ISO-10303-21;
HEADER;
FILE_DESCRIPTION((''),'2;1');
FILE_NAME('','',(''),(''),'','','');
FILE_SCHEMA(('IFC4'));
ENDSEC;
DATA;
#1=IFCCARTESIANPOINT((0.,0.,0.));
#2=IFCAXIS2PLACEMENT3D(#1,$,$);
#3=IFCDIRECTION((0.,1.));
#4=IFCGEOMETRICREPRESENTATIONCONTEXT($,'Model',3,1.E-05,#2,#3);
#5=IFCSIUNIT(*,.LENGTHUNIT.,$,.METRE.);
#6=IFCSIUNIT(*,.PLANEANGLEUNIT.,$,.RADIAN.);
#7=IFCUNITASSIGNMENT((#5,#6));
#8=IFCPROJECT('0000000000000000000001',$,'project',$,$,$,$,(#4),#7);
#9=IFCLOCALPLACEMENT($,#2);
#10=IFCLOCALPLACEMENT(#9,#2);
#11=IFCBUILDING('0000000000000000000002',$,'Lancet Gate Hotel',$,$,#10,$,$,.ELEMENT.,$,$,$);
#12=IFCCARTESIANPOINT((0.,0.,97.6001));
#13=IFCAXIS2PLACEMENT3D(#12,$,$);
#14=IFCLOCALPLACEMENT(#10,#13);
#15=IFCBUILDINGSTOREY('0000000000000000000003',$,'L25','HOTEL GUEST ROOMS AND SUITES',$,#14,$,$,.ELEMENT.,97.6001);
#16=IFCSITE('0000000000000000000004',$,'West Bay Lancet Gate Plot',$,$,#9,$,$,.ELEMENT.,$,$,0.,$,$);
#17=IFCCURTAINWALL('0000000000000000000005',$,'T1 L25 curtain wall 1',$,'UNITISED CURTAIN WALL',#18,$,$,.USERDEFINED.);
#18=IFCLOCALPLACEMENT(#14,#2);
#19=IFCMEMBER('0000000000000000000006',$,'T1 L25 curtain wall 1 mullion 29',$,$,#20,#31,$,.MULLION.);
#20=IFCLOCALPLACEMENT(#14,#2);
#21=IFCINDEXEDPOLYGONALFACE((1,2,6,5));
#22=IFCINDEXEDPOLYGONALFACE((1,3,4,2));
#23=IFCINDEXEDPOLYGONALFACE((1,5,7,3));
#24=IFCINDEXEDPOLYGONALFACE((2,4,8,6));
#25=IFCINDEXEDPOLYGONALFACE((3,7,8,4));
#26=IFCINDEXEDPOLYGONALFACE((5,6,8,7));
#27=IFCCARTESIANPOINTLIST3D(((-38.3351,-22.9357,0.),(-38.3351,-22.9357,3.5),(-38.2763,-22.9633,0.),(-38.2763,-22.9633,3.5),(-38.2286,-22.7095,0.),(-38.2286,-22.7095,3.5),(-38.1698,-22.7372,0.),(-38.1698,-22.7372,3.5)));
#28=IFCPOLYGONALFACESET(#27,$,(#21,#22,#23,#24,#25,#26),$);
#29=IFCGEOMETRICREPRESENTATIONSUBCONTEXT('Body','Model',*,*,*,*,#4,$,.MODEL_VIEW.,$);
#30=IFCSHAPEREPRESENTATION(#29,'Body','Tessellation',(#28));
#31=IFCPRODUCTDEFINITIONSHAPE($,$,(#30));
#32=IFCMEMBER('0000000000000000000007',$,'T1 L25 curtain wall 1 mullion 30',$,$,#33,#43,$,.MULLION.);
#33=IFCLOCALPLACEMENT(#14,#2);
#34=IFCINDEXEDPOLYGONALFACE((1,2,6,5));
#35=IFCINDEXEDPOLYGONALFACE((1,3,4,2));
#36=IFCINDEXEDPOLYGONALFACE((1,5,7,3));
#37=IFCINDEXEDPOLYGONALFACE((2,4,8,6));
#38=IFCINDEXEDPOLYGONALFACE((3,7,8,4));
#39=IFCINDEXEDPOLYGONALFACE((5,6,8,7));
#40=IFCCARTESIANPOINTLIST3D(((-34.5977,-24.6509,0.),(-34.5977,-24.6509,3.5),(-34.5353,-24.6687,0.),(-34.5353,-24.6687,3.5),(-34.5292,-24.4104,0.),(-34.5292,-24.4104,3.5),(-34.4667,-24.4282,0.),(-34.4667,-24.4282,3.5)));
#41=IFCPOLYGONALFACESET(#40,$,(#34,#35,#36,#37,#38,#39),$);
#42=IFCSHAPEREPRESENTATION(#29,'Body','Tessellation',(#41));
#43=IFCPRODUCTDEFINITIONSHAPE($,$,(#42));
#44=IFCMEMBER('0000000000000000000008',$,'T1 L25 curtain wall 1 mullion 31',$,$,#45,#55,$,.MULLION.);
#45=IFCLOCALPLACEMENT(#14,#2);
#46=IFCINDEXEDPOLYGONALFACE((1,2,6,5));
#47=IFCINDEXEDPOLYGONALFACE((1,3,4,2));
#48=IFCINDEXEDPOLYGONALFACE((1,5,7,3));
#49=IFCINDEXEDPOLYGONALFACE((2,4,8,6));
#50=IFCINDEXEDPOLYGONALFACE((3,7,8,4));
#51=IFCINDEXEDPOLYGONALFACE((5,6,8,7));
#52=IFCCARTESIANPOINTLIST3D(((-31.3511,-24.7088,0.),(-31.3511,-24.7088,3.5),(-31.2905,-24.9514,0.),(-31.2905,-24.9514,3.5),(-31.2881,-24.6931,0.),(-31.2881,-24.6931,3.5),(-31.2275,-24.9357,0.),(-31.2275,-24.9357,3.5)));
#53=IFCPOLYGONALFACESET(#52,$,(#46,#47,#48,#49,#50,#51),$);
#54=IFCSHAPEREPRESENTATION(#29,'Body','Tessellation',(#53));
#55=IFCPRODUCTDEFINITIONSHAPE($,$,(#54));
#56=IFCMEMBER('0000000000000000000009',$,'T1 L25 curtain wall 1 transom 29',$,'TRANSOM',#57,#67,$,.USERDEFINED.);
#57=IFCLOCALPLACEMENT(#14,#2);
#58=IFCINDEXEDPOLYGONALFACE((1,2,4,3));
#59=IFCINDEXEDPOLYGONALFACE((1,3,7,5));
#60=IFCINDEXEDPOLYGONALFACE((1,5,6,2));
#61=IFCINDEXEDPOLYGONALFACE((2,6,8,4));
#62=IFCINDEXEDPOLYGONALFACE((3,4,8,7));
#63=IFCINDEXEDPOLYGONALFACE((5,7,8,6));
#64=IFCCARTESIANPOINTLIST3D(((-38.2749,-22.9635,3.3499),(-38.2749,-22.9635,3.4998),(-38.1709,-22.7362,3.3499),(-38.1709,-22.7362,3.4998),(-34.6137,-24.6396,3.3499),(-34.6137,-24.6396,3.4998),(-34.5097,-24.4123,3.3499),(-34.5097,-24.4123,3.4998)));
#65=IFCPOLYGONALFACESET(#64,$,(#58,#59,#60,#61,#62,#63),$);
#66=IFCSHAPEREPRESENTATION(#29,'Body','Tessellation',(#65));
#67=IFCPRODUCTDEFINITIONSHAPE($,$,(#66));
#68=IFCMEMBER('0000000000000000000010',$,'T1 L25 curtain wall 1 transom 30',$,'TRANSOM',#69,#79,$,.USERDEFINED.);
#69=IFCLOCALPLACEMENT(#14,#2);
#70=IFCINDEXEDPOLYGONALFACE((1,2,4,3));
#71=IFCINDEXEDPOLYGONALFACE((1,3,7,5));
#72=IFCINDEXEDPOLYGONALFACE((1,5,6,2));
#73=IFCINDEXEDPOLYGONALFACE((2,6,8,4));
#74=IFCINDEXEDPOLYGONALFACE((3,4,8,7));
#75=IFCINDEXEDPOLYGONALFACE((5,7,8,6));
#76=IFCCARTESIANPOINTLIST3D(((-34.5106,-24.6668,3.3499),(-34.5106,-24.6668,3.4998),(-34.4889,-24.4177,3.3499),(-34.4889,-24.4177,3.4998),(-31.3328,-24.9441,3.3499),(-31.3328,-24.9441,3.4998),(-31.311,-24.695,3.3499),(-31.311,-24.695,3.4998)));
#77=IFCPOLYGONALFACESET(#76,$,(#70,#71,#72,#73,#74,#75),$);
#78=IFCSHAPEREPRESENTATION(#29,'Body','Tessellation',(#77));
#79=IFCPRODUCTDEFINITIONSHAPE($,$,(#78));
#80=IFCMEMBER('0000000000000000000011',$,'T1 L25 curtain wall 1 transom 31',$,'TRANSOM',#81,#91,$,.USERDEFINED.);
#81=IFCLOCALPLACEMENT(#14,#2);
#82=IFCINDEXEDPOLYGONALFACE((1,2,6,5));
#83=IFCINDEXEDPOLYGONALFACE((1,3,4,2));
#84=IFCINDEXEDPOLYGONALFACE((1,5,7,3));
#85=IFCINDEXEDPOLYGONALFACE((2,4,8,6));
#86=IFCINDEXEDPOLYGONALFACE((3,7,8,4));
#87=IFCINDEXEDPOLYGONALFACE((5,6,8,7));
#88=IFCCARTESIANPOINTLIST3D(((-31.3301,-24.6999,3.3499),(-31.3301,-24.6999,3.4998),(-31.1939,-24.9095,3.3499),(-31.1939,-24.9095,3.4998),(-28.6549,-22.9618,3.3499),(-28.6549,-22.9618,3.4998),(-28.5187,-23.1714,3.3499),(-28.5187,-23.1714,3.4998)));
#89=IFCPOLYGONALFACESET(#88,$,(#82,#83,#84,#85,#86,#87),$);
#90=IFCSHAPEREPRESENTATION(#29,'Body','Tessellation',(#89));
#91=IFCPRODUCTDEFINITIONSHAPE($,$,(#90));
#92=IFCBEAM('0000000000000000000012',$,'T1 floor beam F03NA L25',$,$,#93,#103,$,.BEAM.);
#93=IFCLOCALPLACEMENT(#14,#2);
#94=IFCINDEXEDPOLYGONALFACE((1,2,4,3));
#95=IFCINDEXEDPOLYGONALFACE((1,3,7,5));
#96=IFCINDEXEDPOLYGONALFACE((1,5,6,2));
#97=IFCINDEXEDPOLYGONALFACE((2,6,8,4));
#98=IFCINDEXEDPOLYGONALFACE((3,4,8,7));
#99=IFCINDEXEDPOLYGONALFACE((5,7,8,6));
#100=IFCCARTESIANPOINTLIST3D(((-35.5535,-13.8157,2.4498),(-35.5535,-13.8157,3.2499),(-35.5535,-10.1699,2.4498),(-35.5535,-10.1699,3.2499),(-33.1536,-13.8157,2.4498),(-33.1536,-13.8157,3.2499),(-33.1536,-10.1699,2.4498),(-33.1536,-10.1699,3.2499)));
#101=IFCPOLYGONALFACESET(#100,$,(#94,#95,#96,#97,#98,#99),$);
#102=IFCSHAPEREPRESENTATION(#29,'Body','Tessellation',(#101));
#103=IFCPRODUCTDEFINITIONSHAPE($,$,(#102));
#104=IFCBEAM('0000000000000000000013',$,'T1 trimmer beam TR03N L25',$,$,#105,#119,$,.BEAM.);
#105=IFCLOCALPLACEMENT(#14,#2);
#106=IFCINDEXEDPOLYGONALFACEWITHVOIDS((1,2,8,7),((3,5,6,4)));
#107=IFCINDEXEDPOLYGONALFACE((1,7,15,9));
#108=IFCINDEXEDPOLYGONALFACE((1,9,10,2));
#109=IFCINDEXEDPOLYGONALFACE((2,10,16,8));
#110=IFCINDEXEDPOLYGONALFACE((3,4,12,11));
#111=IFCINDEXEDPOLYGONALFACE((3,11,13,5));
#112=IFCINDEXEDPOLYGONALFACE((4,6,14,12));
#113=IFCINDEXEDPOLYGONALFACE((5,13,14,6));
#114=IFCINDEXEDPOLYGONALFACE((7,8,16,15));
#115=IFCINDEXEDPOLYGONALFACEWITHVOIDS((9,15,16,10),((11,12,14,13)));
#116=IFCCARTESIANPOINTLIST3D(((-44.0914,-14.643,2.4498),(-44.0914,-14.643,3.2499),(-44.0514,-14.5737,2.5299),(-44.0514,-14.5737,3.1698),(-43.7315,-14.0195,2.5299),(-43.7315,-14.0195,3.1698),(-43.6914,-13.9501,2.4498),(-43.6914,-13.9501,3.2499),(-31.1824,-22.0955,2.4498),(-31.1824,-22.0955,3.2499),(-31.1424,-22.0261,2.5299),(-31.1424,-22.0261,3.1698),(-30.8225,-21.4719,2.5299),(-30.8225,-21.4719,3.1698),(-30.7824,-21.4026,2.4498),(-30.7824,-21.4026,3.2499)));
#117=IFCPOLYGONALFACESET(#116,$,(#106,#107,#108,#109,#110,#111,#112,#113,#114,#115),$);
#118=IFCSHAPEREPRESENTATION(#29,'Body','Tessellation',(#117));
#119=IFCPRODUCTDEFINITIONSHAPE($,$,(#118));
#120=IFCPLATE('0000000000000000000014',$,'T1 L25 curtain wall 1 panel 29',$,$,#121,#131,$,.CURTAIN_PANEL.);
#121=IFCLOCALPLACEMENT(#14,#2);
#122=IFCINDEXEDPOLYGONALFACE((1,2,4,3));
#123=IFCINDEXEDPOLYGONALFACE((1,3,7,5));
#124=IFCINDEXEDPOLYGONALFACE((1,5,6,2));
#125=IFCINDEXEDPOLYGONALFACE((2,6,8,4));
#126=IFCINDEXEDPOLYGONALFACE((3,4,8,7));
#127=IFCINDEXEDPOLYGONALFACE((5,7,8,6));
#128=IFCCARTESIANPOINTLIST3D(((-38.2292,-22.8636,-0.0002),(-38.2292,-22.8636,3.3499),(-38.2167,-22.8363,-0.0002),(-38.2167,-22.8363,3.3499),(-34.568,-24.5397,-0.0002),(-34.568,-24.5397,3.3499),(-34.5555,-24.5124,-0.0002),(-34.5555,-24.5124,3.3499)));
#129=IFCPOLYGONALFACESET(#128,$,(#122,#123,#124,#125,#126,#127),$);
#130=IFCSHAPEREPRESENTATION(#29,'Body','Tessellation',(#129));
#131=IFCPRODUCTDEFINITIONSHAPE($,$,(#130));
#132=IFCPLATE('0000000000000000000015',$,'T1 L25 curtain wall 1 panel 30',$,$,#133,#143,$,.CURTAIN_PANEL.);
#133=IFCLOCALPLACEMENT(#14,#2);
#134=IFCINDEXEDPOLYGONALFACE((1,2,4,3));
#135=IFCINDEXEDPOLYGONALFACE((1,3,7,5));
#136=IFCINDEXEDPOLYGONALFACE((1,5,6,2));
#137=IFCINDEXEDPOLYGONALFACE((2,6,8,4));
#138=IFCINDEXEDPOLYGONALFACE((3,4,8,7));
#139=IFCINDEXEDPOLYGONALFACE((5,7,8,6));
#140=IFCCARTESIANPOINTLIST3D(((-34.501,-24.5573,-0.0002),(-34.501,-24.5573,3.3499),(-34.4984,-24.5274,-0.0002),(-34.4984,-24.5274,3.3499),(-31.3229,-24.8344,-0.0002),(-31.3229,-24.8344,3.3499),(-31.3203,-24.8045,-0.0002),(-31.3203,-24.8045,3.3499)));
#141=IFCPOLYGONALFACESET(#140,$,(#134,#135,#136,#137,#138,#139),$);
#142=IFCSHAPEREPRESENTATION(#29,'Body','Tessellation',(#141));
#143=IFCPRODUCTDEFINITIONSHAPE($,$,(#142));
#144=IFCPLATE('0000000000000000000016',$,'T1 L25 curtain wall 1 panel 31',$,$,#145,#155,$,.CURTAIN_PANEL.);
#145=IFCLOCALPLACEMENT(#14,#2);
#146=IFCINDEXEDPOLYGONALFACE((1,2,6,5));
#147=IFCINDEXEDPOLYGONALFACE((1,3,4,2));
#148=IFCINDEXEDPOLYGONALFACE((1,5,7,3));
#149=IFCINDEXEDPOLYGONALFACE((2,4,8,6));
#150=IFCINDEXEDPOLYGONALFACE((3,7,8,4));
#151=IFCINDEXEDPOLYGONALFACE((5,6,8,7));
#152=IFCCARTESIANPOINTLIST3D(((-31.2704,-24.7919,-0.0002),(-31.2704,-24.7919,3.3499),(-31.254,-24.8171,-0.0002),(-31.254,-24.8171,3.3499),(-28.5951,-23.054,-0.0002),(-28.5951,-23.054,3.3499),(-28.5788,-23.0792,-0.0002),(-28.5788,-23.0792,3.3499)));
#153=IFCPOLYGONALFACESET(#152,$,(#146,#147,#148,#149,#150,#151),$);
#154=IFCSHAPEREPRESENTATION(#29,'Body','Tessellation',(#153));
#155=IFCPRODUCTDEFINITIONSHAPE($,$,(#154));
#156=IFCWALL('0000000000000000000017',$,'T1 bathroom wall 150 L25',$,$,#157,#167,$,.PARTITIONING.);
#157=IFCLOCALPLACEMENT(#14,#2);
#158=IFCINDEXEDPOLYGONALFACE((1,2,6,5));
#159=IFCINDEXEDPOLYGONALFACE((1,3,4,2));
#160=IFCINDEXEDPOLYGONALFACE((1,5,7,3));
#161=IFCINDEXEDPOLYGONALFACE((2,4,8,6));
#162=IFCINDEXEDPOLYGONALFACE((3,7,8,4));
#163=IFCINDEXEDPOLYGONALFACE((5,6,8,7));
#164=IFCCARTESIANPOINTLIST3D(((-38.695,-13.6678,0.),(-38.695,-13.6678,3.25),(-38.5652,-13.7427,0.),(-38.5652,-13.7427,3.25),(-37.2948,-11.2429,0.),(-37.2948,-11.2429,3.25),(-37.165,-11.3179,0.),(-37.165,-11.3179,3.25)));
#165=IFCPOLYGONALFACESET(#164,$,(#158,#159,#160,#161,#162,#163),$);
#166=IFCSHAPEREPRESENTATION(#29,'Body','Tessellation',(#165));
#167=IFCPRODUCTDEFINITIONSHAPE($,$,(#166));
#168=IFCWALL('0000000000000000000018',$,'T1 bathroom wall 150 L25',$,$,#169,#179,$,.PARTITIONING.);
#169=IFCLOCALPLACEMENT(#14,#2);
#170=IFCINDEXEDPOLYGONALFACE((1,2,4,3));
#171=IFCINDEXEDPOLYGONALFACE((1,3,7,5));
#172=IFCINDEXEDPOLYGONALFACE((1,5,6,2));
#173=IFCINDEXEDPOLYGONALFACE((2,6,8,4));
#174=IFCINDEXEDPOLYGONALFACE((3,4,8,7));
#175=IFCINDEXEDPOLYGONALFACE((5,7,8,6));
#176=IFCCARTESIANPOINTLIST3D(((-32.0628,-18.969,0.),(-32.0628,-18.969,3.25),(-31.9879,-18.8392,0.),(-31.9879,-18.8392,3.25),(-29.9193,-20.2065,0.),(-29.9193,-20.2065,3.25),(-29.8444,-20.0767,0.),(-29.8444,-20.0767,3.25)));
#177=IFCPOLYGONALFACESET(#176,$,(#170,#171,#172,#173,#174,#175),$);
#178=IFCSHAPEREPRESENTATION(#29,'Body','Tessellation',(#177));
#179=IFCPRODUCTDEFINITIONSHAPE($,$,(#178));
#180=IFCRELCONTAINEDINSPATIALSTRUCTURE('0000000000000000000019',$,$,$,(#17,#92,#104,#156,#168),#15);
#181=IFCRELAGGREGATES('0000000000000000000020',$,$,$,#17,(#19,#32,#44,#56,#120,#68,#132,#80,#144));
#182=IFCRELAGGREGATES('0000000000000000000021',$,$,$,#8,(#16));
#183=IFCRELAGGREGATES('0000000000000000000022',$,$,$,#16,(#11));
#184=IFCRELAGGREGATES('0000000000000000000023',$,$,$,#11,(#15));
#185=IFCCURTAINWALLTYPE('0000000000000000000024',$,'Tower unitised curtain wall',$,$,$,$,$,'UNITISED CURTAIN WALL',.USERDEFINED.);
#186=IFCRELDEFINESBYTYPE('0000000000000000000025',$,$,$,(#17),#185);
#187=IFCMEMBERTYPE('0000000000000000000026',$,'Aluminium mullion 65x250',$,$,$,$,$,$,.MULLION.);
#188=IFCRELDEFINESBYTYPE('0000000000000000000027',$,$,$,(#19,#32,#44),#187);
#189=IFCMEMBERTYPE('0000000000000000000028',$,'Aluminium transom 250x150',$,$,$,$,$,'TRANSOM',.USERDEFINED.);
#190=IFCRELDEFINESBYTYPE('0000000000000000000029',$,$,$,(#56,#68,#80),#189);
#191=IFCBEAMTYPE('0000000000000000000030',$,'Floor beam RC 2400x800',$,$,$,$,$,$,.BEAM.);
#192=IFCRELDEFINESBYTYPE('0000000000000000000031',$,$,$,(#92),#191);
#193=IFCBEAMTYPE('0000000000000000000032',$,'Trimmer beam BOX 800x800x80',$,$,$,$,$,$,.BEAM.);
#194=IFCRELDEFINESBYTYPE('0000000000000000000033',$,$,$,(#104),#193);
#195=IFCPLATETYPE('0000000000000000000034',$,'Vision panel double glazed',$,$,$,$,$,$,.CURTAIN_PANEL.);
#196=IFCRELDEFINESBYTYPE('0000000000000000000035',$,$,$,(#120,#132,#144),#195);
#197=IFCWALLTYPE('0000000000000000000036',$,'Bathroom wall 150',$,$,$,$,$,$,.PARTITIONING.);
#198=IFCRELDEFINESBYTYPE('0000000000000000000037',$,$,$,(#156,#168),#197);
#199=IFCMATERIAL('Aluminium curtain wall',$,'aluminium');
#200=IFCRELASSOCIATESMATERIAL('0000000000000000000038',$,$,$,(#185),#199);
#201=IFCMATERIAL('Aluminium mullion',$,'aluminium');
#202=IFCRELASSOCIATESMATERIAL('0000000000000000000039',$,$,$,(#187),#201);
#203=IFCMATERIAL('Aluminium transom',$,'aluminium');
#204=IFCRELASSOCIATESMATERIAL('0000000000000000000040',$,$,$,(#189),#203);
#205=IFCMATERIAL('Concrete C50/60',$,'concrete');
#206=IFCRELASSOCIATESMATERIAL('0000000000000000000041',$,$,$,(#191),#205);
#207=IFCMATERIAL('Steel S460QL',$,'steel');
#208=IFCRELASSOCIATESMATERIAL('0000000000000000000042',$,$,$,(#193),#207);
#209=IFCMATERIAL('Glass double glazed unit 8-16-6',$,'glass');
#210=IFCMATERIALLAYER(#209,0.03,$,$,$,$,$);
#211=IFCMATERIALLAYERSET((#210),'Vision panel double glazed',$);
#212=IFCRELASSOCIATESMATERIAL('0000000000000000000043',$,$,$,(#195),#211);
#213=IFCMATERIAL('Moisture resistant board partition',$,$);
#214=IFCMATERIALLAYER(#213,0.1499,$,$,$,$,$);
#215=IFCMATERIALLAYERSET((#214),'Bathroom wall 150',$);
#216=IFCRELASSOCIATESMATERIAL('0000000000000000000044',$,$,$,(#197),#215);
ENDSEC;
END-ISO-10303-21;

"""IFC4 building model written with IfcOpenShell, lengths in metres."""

from ifc_helpers import new_model, si_unit, direction, frame, frame_2d, origin, origin_2d, place, context, subcontext, project, spatial, rectangle, hollow_rectangle, extrude, material, layer, layer_set, material_profile, profile_set, type_object, element, aggregate, save


model = new_model("IFC4")

# Units and contexts
model_context = context("Model", 3, precision=1e-05, world=origin(), true_north=direction((0.0, 1.0)))
body_context = subcontext(model_context, "Body", "Model", "MODEL_VIEW")
ifc_project = project(units=[si_unit("LENGTHUNIT", "METRE"), si_unit("PLANEANGLEUNIT", "RADIAN")], contexts=[model_context])

# Site, building, storey
site_placement = place(None, origin())
site = spatial("IfcSite", under=ifc_project, at=site_placement, Name="West Bay Lancet Gate Plot", CompositionType="ELEMENT", RefElevation=0.0)
building_placement = place(site_placement, origin())
building = spatial("IfcBuilding", under=site, at=building_placement, Name="Lancet Gate Hotel", CompositionType="ELEMENT")
storey_placement = place(building_placement, frame((0.0, 0.0, 97.6001)))
storey = spatial("IfcBuildingStorey", under=building, at=storey_placement, Name="L25", Description="HOTEL GUEST ROOMS AND SUITES", CompositionType="ELEMENT", Elevation=97.6001)

# Curtain wall, members
ifc_material_1 = material(Name="Aluminium curtain wall", Category="aluminium")
curtain_wall_type = type_object("IfcCurtainWallType", Name="Tower unitised curtain wall", ElementType="UNITISED CURTAIN WALL", PredefinedType="USERDEFINED", material=ifc_material_1)
curtain_wall_placement = place(storey_placement, origin())
curtain_wall = element("IfcCurtainWall", 1, at=curtain_wall_placement, inside=storey, type_object=curtain_wall_type, Name="T1 L25 curtain wall 1", ObjectType="UNITISED CURTAIN WALL", PredefinedType="USERDEFINED")
ifc_material_2 = material(Name="Aluminium mullion", Category="aluminium")
ifc_material_profile_1 = material_profile(ifc_material_2, rectangle(XDim=0.0649, YDim=0.25, at=origin_2d()), Name="MULLION 65x250")
ifc_profile_set_1 = profile_set([ifc_material_profile_1], Name="Aluminium mullion")
member_type_1 = type_object("IfcMemberType", Name="Aluminium mullion 65x250", PredefinedType="MULLION", material=ifc_profile_set_1)
member_1_placement = place(storey_placement, frame((-38.2524, -22.8364, 0.0), z_axis=(0.0, 0.0, 1.0), x_axis=(0.90472, -0.426008, 0.0)))
member_1 = element("IfcMember", 2, at=member_1_placement, type_object=member_type_1, Name="T1 L25 curtain wall 1 mullion 29", PredefinedType="MULLION", context=body_context, shape_type="SweptSolid", body=[
    extrude(rectangle(XDim=0.0649, YDim=0.25, at=origin_2d()), origin(), (0.0, 0.0, 1.0), 3.5),
])
member_2_placement = place(storey_placement, frame((-34.5322, -24.5396, 0.0), z_axis=(0.0, 0.0, 1.0), x_axis=(0.961653, -0.274268, 0.0)))
member_2 = element("IfcMember", 3, at=member_2_placement, type_object=member_type_1, Name="T1 L25 curtain wall 1 mullion 30", PredefinedType="MULLION", context=body_context, shape_type="SweptSolid", body=[
    extrude(rectangle(XDim=0.0649, YDim=0.25, at=origin_2d()), origin(), (0.0, 0.0, 1.0), 3.5),
])
member_3_placement = place(storey_placement, frame((-31.2893, -24.8223, 0.0), z_axis=(0.0, 0.0, 1.0), x_axis=(0.970242, 0.242137, 0.0)))
member_3 = element("IfcMember", 4, at=member_3_placement, type_object=member_type_1, Name="T1 L25 curtain wall 1 mullion 31", PredefinedType="MULLION", context=body_context, shape_type="SweptSolid", body=[
    extrude(rectangle(XDim=0.0649, YDim=0.25, at=origin_2d()), origin(), (0.0, 0.0, 1.0), 3.5),
])
ifc_material_3 = material(Name="Aluminium transom", Category="aluminium")
ifc_material_profile_2 = material_profile(ifc_material_3, rectangle(XDim=0.25, YDim=0.1499, at=origin_2d()), Name="TRANSOM 250x150")
ifc_profile_set_2 = profile_set([ifc_material_profile_2], Name="Aluminium transom")
member_type_2 = type_object("IfcMemberType", Name="Aluminium transom 250x150", ElementType="TRANSOM", PredefinedType="USERDEFINED", material=ifc_profile_set_2)
member_4_placement = place(storey_placement, frame((-38.2229, -22.8499, 3.4248), z_axis=(0.909252, -0.416245, 0.0), x_axis=(0.416245, 0.909252, 0.0)))
member_4 = element("IfcMember", 5, at=member_4_placement, type_object=member_type_2, Name="T1 L25 curtain wall 1 transom 29", ObjectType="TRANSOM", PredefinedType="USERDEFINED", context=body_context, shape_type="SweptSolid", body=[
    extrude(rectangle(XDim=0.25, YDim=0.1499, at=origin_2d()), origin(), (0.0, 0.0, 1.0), 4.0266),
])
member_5_placement = place(storey_placement, frame((-34.4998, -24.5422, 3.4248), z_axis=(0.996214, -0.08694, 0.0), x_axis=(0.08694, 0.996214, 0.0)))
member_5 = element("IfcMember", 6, at=member_5_placement, type_object=member_type_2, Name="T1 L25 curtain wall 1 transom 30", ObjectType="TRANSOM", PredefinedType="USERDEFINED", context=body_context, shape_type="SweptSolid", body=[
    extrude(rectangle(XDim=0.25, YDim=0.1499, at=origin_2d()), origin(), (0.0, 0.0, 1.0), 3.1899),
])
member_6_placement = place(storey_placement, frame((-31.262, -24.8047, 3.4248), z_axis=(0.83855, 0.544824, 0.0), x_axis=(-0.544824, 0.83855, 0.0)))
member_6 = element("IfcMember", 7, at=member_6_placement, type_object=member_type_2, Name="T1 L25 curtain wall 1 transom 31", ObjectType="TRANSOM", PredefinedType="USERDEFINED", context=body_context, shape_type="SweptSolid", body=[
    extrude(rectangle(XDim=0.25, YDim=0.1499, at=origin_2d()), origin(), (0.0, 0.0, 1.0), 3.1902),
])

# Beams
ifc_material_4 = material(Name="Concrete C50/60", Category="concrete")
ifc_material_profile_3 = material_profile(ifc_material_4, rectangle(XDim=2.3999, YDim=0.8, at=origin_2d()), Name="RC 2400x800")
ifc_profile_set_3 = profile_set([ifc_material_profile_3], Name="Concrete C50/60")
beam_type_1 = type_object("IfcBeamType", Name="Floor beam RC 2400x800", PredefinedType="BEAM", material=ifc_profile_set_3)
beam_1_placement = place(storey_placement, frame((-34.3535, -10.1699, 2.8499), z_axis=(0.0, -1.0, 0.0), x_axis=(1.0, 0.0, 0.0)))
element("IfcBeam", 8, at=beam_1_placement, inside=storey, type_object=beam_type_1, Name="T1 floor beam F03NA L25", PredefinedType="BEAM", context=body_context, shape_type="SweptSolid", body=[
    extrude(rectangle(XDim=2.3999, YDim=0.8, at=origin_2d()), origin(), (0.0, 0.0, 1.0), 3.6458),
])
ifc_material_5 = material(Name="Steel S460QL", Category="steel")
ifc_material_profile_4 = material_profile(ifc_material_5, hollow_rectangle(XDim=0.8, YDim=0.8, WallThickness=0.0801, at=origin_2d()), Name="BOX 800x800x80")
ifc_profile_set_4 = profile_set([ifc_material_profile_4], Name="Steel S460QL")
beam_type_2 = type_object("IfcBeamType", Name="Trimmer beam BOX 800x800x80", PredefinedType="BEAM", material=ifc_profile_set_4)
beam_2_placement = place(storey_placement, frame((-30.9824, -21.749, 2.8499), z_axis=(-0.866042, 0.499971, 0.0), x_axis=(-0.499971, -0.866042, 0.0)))
element("IfcBeam", 9, at=beam_2_placement, inside=storey, type_object=beam_type_2, Name="T1 trimmer beam TR03N L25", PredefinedType="BEAM", context=body_context, shape_type="SweptSolid", body=[
    extrude(hollow_rectangle(XDim=0.8, YDim=0.8, WallThickness=0.0801, at=origin_2d()), origin(), (0.0, 0.0, 1.0), 14.9058),
])

# Plates
ifc_material_6 = material(Name="Glass double glazed unit 8-16-6", Category="glass")
ifc_layer_1 = layer(ifc_material_6, 0.03)
ifc_layer_set_1 = layer_set([ifc_layer_1], Name="Vision panel double glazed")
plate_type = type_object("IfcPlateType", Name="Vision panel double glazed", PredefinedType="CURTAIN_PANEL", material=ifc_layer_set_1)
plate_1_placement = place(storey_placement, frame((-36.3923, -23.688, -0.0002), z_axis=(0.0, 0.0, 1.0), x_axis=(0.909253, -0.416245, 0.0)))
plate_1 = element("IfcPlate", 10, at=plate_1_placement, type_object=plate_type, Name="T1 L25 curtain wall 1 panel 29", PredefinedType="CURTAIN_PANEL", context=body_context, shape_type="SweptSolid", body=[
    extrude(rectangle(XDim=4.0266, YDim=0.03, at=origin_2d()), origin(), (0.0, 0.0, 1.0), 3.3501),
])
plate_2_placement = place(storey_placement, frame((-32.9106, -24.6809, -0.0002), z_axis=(0.0, 0.0, 1.0), x_axis=(0.996219, -0.08688, 0.0)))
plate_2 = element("IfcPlate", 11, at=plate_2_placement, type_object=plate_type, Name="T1 L25 curtain wall 1 panel 30", PredefinedType="CURTAIN_PANEL", context=body_context, shape_type="SweptSolid", body=[
    extrude(rectangle(XDim=3.1902, YDim=0.03, at=origin_2d()), origin(), (0.0, 0.0, 1.0), 3.3501),
])
plate_3_placement = place(storey_placement, frame((-29.9246, -23.9355, -0.0002), z_axis=(0.0, 0.0, 1.0), x_axis=(0.83858, 0.544778, 0.0)))
plate_3 = element("IfcPlate", 12, at=plate_3_placement, type_object=plate_type, Name="T1 L25 curtain wall 1 panel 31", PredefinedType="CURTAIN_PANEL", context=body_context, shape_type="SweptSolid", body=[
    extrude(rectangle(XDim=3.1902, YDim=0.03, at=origin_2d()), origin(), (0.0, 0.0, 1.0), 3.3501),
])
aggregate(curtain_wall, [member_1, member_2, member_3, member_4, plate_1, member_5, plate_2, member_6, plate_3])

# Walls
ifc_material_7 = material(Name="Moisture resistant board partition")
ifc_layer_2 = layer(ifc_material_7, 0.1499)
ifc_layer_set_2 = layer_set([ifc_layer_2], Name="Bathroom wall 150")
wall_type_1 = type_object("IfcWallType", Name="Bathroom wall 150", PredefinedType="PARTITIONING", material=ifc_layer_set_2)
wall_1_placement = place(storey_placement, frame((-37.23, -11.2805, 0.0), z_axis=(0.0, 0.0, 1.0), x_axis=(-0.50005, -0.865997, 0.0)))
element("IfcWall", 13, at=wall_1_placement, inside=storey, type_object=wall_type_1, Name="T1 bathroom wall 150 L25", PredefinedType="PARTITIONING", context=body_context, shape_type="SweptSolid", body=[
    extrude(rectangle(XDim=2.8, YDim=0.1499, at=frame_2d((1.3999, 0.0))), origin(), (0.0, 0.0, 1.0), 3.25),
])
wall_2_placement = place(storey_placement, frame((-29.8818, -20.1416, 0.0), z_axis=(0.0, 0.0, 1.0), x_axis=(-0.866031, 0.49999, 0.0)))
element("IfcWall", 14, at=wall_2_placement, inside=storey, type_object=wall_type_1, Name="T1 bathroom wall 150 L25", PredefinedType="PARTITIONING", context=body_context, shape_type="SweptSolid", body=[
    extrude(rectangle(XDim=2.4751, YDim=0.1499, at=frame_2d((1.2375, 0.0))), origin(), (0.0, 0.0, 1.0), 3.25),
])

save(model, "model.ifc")
